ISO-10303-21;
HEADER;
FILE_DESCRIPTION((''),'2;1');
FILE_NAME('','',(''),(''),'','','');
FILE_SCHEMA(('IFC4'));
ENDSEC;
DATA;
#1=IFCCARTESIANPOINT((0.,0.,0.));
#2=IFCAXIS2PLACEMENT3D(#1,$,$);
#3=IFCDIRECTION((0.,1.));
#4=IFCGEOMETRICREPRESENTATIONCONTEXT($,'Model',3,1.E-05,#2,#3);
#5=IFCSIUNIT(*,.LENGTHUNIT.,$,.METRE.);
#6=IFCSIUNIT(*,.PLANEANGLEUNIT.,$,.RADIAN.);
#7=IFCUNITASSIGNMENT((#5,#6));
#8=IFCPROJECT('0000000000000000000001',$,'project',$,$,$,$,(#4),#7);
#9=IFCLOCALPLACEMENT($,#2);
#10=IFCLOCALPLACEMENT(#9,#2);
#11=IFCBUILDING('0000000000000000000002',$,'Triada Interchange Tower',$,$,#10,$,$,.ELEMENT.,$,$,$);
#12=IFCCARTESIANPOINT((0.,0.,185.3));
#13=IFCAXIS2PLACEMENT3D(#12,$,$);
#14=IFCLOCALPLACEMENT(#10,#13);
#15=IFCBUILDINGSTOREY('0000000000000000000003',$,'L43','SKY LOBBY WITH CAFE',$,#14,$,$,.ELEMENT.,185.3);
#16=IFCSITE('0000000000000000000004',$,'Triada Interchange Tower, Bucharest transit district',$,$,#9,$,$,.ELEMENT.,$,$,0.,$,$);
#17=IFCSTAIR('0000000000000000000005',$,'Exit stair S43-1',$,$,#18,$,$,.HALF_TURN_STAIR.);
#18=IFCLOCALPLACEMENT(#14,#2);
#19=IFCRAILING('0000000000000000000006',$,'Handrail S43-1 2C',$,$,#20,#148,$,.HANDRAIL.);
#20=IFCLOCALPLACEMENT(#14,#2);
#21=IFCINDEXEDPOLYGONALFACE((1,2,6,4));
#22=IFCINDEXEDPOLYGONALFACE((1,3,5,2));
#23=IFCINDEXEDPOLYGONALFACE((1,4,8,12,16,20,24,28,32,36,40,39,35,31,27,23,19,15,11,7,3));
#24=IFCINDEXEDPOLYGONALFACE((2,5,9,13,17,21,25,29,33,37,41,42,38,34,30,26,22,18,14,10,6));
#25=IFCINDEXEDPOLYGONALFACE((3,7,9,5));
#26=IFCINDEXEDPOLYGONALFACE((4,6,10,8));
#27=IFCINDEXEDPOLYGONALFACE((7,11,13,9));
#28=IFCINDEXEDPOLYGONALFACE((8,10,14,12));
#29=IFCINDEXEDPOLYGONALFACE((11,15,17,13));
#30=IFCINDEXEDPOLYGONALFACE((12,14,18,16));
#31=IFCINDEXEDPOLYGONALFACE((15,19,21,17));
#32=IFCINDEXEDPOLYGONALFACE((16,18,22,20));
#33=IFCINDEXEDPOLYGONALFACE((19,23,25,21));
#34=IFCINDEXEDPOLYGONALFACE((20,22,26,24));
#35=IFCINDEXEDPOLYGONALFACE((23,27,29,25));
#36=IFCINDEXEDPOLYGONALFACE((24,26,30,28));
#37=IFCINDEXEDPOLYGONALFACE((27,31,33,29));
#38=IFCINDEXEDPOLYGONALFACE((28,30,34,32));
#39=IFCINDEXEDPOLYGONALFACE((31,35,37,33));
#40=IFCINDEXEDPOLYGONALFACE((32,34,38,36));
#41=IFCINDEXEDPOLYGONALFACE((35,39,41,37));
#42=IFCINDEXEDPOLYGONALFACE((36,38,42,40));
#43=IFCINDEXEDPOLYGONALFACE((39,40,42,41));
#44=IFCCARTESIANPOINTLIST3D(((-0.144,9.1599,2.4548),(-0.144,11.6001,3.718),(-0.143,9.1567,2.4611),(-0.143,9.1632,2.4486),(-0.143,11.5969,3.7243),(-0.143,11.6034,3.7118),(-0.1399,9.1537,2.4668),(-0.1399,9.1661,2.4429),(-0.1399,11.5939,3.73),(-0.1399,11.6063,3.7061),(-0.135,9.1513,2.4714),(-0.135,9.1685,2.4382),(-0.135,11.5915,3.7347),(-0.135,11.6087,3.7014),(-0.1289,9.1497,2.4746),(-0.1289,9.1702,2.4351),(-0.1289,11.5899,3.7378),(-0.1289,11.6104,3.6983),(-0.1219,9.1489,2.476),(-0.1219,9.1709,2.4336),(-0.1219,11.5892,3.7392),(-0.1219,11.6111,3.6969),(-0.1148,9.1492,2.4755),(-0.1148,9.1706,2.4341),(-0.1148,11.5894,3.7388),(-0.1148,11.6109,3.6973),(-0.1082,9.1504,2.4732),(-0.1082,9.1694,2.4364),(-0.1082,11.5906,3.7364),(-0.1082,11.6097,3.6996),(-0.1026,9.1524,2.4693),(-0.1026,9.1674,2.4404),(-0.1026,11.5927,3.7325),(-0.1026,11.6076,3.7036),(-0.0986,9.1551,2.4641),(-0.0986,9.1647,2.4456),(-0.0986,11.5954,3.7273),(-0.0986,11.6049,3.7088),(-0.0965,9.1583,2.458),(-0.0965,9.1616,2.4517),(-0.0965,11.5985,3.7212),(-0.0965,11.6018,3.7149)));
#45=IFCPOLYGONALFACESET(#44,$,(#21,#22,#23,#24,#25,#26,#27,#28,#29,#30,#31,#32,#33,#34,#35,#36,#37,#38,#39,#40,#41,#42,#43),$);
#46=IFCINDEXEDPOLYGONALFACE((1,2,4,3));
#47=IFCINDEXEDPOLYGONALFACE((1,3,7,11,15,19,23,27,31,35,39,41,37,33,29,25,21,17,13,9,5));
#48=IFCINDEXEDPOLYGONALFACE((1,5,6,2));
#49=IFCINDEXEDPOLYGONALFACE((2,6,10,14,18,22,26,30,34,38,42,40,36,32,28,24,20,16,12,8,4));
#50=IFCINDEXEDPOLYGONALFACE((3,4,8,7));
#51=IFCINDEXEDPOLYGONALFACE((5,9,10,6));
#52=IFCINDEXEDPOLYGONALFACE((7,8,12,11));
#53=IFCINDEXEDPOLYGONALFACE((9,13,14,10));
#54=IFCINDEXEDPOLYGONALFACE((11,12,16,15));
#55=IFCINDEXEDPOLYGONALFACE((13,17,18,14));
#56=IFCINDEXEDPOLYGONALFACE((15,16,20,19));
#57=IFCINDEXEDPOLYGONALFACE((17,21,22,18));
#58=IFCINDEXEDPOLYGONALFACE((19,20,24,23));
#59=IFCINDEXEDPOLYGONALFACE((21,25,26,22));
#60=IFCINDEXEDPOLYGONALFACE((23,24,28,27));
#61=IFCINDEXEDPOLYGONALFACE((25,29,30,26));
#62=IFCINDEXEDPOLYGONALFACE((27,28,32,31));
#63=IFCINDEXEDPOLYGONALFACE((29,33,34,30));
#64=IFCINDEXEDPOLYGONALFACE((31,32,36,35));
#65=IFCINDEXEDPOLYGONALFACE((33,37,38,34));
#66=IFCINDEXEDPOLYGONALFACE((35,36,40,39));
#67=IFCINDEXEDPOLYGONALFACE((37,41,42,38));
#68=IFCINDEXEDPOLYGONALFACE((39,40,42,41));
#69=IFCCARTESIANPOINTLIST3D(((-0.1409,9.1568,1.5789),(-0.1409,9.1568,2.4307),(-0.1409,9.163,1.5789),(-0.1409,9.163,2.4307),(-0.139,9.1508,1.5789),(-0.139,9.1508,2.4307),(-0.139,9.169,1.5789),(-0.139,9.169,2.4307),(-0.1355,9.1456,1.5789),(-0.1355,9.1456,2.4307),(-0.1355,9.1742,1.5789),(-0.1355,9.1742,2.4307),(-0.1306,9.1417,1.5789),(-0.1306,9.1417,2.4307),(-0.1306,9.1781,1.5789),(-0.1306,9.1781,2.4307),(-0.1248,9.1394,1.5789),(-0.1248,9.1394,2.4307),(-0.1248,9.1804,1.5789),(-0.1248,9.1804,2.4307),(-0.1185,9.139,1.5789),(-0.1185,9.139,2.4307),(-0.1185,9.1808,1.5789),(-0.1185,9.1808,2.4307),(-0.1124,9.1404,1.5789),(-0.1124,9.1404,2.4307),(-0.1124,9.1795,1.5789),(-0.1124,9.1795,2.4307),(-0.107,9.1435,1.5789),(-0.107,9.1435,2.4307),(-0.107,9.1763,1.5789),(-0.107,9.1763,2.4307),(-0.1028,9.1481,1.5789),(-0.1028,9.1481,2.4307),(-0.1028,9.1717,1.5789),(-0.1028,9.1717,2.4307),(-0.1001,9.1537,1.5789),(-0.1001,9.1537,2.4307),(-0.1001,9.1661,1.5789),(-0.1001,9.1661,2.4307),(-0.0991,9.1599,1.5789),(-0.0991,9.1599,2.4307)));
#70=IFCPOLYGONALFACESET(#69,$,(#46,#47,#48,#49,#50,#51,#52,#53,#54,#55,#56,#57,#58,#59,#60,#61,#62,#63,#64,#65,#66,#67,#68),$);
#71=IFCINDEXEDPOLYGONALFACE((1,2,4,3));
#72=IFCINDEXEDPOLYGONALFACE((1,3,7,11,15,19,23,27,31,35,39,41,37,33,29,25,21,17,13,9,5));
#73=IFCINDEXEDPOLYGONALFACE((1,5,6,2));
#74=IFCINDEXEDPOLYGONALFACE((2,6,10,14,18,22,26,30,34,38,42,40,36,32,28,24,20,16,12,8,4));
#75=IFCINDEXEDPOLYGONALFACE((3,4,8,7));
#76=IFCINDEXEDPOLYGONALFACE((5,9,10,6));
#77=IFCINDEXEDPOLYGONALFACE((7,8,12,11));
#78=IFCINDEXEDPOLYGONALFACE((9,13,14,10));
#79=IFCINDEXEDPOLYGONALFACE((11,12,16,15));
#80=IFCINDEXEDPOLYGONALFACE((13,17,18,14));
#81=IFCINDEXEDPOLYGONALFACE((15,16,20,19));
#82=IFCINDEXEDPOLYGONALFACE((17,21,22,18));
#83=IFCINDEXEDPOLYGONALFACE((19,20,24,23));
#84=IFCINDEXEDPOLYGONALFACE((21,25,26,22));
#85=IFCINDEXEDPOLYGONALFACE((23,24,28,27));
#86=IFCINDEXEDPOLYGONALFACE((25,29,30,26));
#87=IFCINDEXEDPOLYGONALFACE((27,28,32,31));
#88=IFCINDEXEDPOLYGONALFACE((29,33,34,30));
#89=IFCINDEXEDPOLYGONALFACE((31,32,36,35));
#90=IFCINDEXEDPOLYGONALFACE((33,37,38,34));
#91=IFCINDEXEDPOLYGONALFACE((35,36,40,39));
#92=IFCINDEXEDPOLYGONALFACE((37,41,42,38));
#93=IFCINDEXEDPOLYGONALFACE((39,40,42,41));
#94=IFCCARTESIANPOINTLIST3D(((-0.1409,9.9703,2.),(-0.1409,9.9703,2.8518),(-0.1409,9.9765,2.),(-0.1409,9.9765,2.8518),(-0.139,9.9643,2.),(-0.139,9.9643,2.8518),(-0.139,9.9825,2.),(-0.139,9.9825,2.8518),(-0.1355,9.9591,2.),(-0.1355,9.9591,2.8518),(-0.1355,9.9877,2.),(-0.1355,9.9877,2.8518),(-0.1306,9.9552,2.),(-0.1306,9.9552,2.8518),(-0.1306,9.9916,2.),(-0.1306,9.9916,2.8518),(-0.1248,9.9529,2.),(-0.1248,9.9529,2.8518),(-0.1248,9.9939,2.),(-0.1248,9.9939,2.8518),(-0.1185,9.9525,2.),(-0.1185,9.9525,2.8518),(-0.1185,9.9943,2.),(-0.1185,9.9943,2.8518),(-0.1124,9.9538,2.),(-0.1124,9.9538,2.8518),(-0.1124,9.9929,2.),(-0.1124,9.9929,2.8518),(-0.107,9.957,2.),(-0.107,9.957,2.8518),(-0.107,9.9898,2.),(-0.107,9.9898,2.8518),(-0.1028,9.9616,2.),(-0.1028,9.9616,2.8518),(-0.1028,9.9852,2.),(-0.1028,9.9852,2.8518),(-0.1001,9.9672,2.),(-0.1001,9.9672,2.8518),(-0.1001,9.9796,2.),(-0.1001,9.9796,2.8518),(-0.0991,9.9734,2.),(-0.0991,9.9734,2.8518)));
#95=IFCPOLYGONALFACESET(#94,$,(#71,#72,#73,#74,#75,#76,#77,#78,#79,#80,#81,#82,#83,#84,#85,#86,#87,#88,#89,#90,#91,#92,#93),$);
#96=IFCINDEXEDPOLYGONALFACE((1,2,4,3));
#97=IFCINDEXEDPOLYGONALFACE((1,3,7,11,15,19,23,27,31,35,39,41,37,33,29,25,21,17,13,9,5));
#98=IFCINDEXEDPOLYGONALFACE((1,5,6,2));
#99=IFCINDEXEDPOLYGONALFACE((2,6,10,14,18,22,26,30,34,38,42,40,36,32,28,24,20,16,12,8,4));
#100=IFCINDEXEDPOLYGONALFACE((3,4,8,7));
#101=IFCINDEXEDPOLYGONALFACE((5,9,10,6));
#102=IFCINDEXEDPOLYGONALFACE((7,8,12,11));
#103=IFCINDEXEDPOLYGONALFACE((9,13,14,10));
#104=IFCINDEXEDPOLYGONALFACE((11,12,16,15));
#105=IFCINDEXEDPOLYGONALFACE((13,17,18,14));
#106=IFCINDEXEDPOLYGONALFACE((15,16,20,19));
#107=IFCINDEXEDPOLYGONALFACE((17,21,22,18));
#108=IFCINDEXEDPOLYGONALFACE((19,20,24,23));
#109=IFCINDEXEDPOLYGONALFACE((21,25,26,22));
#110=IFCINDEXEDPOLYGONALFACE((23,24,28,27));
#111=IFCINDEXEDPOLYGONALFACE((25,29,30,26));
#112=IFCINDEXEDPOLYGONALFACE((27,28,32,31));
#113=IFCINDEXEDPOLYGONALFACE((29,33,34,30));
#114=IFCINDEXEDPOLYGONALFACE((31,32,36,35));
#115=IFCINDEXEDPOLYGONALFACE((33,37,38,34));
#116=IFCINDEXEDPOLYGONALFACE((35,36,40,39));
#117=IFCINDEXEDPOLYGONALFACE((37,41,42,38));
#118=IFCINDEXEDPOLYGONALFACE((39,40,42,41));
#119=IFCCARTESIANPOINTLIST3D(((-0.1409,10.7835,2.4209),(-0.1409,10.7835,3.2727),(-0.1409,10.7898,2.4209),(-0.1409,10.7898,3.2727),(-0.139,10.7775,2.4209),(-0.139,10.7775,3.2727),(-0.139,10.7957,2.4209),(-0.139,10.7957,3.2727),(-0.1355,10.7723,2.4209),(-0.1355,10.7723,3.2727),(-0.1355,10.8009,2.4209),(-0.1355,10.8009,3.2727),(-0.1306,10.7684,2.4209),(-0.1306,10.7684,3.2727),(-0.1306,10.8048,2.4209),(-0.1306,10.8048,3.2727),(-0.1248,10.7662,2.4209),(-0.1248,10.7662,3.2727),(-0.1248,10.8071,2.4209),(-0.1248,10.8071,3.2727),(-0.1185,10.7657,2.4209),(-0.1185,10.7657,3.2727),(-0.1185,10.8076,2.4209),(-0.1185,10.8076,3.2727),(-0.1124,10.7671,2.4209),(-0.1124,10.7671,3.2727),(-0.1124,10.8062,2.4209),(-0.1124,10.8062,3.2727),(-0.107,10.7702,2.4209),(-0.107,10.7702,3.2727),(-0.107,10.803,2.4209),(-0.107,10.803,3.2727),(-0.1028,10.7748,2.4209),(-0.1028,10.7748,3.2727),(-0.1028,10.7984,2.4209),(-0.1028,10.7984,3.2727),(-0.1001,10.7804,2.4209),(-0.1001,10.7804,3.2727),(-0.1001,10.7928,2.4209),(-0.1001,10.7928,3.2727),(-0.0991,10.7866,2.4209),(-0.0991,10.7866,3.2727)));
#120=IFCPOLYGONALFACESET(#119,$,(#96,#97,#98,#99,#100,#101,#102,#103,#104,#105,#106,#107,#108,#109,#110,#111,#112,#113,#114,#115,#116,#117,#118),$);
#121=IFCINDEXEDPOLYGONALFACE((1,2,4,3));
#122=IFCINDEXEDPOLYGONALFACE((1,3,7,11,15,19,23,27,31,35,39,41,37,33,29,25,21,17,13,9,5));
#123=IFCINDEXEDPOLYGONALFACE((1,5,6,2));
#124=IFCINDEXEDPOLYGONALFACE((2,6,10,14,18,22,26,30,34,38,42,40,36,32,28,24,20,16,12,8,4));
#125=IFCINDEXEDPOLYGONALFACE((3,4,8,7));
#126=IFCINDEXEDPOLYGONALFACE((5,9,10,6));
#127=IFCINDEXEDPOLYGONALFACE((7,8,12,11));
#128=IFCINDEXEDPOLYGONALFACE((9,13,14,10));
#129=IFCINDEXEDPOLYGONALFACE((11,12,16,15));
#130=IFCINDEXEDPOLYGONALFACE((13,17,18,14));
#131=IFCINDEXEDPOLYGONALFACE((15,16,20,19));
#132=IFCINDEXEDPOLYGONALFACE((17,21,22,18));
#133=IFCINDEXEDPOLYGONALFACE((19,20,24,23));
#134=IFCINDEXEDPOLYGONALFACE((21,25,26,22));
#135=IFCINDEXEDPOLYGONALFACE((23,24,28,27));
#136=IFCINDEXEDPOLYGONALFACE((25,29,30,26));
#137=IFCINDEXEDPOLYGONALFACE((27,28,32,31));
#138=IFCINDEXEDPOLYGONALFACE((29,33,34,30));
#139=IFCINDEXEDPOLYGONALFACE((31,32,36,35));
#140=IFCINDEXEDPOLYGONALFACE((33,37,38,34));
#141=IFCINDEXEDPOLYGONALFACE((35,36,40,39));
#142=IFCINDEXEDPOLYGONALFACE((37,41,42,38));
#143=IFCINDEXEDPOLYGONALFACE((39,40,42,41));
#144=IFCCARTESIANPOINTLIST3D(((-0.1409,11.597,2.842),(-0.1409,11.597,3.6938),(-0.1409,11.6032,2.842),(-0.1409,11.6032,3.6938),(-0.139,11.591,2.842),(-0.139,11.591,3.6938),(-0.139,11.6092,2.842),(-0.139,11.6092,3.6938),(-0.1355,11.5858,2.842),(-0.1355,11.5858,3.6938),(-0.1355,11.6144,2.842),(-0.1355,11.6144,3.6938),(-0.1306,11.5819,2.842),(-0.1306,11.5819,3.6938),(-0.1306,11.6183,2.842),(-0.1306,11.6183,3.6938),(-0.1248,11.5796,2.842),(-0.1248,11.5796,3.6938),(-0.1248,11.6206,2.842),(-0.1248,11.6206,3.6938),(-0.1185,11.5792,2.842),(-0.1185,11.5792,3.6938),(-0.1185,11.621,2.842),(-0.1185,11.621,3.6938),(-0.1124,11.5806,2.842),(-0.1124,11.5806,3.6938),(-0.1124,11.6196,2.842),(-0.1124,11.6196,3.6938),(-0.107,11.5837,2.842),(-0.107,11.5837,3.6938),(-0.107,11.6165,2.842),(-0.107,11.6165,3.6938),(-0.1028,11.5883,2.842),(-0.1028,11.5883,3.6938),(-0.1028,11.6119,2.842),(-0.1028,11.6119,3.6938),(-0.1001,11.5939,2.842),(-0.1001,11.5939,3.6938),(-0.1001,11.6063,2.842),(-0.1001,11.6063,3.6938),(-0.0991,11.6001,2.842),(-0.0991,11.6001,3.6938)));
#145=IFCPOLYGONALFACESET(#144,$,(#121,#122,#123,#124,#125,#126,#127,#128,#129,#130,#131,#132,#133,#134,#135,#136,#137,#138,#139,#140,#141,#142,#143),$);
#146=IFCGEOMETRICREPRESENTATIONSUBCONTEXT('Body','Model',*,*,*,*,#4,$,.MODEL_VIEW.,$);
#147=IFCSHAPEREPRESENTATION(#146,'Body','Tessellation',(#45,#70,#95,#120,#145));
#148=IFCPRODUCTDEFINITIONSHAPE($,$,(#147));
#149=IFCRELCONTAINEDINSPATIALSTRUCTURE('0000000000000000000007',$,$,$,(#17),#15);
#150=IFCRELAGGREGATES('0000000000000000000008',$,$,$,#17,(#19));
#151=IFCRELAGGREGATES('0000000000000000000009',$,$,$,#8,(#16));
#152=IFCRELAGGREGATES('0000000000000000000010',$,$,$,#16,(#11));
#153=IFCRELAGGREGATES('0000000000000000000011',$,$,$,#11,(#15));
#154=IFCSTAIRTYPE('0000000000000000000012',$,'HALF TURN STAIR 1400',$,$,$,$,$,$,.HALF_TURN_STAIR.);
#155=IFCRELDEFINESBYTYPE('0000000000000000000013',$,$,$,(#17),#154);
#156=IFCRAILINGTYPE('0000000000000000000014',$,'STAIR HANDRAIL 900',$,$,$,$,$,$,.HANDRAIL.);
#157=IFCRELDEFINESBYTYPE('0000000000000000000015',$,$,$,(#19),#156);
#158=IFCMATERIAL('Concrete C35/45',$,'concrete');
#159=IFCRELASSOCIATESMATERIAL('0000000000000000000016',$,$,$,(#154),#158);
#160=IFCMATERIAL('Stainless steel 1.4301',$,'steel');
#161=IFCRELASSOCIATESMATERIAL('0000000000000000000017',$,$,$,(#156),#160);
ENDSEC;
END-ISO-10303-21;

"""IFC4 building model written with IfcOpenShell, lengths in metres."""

from ifc_helpers import new_model, si_unit, direction, frame, origin, origin_2d, place, context, subcontext, project, spatial, circle, extrude, material, type_object, element, aggregate, save


model = new_model("IFC4")

# Units and contexts
model_context = context("Model", 3, precision=1e-05, world=origin(), true_north=direction((0.0, 1.0)))
body_context = subcontext(model_context, "Body", "Model", "MODEL_VIEW")
ifc_project = project(units=[si_unit("LENGTHUNIT", "METRE"), si_unit("PLANEANGLEUNIT", "RADIAN")], contexts=[model_context])

# Site, building, storey
site_placement = place(None, origin())
site = spatial("IfcSite", under=ifc_project, at=site_placement, Name="Triada Interchange Tower, Bucharest transit district", CompositionType="ELEMENT", RefElevation=0.0)
building_placement = place(site_placement, origin())
building = spatial("IfcBuilding", under=site, at=building_placement, Name="Triada Interchange Tower", CompositionType="ELEMENT")
storey_placement = place(building_placement, frame((0.0, 0.0, 185.3)))
storey = spatial("IfcBuildingStorey", under=building, at=storey_placement, Name="L43", Description="SKY LOBBY WITH CAFE", CompositionType="ELEMENT", Elevation=185.3)

# Stair, railing
ifc_material_1 = material(Name="Concrete C35/45", Category="concrete")
stair_type = type_object("IfcStairType", Name="HALF TURN STAIR 1400", PredefinedType="HALF_TURN_STAIR", material=ifc_material_1)
stair_placement = place(storey_placement, origin())
stair = element("IfcStair", 1, at=stair_placement, inside=storey, type_object=stair_type, Name="Exit stair S43-1", PredefinedType="HALF_TURN_STAIR")
ifc_material_2 = material(Name="Stainless steel 1.4301", Category="steel")
railing_type = type_object("IfcRailingType", Name="STAIR HANDRAIL 900", PredefinedType="HANDRAIL", material=ifc_material_2)
railing_1_placement = place(storey_placement, frame((-0.1201, 9.1599, 1.5789)))
railing_1 = element("IfcRailing", 2, at=railing_1_placement, type_object=railing_type, Name="Handrail S43-1 2C", PredefinedType="HANDRAIL", context=body_context, shape_type="SweptSolid", body=[
    extrude(circle(Radius=0.0239, at=origin_2d()), frame((0.0, 0.0, 0.876), z_axis=(0.0, 0.888066, 0.459715), x_axis=(-1.0, 0.0, 0.0)), (0.0, 0.0, 1.0), 2.7478),
    extrude(circle(Radius=0.021, at=origin_2d()), origin(), (0.0, 0.0, 1.0), 0.8518),
    extrude(circle(Radius=0.021, at=origin_2d()), frame((0.0, 0.8135, 0.4211)), (0.0, 0.0, 1.0), 0.8518),
    extrude(circle(Radius=0.021, at=origin_2d()), frame((0.0, 1.6267, 0.842)), (0.0, 0.0, 1.0), 0.8518),
    extrude(circle(Radius=0.021, at=origin_2d()), frame((0.0, 2.4402, 1.2632)), (0.0, 0.0, 1.0), 0.8518),
])
aggregate(stair, [railing_1])

save(model, "model.ifc")
